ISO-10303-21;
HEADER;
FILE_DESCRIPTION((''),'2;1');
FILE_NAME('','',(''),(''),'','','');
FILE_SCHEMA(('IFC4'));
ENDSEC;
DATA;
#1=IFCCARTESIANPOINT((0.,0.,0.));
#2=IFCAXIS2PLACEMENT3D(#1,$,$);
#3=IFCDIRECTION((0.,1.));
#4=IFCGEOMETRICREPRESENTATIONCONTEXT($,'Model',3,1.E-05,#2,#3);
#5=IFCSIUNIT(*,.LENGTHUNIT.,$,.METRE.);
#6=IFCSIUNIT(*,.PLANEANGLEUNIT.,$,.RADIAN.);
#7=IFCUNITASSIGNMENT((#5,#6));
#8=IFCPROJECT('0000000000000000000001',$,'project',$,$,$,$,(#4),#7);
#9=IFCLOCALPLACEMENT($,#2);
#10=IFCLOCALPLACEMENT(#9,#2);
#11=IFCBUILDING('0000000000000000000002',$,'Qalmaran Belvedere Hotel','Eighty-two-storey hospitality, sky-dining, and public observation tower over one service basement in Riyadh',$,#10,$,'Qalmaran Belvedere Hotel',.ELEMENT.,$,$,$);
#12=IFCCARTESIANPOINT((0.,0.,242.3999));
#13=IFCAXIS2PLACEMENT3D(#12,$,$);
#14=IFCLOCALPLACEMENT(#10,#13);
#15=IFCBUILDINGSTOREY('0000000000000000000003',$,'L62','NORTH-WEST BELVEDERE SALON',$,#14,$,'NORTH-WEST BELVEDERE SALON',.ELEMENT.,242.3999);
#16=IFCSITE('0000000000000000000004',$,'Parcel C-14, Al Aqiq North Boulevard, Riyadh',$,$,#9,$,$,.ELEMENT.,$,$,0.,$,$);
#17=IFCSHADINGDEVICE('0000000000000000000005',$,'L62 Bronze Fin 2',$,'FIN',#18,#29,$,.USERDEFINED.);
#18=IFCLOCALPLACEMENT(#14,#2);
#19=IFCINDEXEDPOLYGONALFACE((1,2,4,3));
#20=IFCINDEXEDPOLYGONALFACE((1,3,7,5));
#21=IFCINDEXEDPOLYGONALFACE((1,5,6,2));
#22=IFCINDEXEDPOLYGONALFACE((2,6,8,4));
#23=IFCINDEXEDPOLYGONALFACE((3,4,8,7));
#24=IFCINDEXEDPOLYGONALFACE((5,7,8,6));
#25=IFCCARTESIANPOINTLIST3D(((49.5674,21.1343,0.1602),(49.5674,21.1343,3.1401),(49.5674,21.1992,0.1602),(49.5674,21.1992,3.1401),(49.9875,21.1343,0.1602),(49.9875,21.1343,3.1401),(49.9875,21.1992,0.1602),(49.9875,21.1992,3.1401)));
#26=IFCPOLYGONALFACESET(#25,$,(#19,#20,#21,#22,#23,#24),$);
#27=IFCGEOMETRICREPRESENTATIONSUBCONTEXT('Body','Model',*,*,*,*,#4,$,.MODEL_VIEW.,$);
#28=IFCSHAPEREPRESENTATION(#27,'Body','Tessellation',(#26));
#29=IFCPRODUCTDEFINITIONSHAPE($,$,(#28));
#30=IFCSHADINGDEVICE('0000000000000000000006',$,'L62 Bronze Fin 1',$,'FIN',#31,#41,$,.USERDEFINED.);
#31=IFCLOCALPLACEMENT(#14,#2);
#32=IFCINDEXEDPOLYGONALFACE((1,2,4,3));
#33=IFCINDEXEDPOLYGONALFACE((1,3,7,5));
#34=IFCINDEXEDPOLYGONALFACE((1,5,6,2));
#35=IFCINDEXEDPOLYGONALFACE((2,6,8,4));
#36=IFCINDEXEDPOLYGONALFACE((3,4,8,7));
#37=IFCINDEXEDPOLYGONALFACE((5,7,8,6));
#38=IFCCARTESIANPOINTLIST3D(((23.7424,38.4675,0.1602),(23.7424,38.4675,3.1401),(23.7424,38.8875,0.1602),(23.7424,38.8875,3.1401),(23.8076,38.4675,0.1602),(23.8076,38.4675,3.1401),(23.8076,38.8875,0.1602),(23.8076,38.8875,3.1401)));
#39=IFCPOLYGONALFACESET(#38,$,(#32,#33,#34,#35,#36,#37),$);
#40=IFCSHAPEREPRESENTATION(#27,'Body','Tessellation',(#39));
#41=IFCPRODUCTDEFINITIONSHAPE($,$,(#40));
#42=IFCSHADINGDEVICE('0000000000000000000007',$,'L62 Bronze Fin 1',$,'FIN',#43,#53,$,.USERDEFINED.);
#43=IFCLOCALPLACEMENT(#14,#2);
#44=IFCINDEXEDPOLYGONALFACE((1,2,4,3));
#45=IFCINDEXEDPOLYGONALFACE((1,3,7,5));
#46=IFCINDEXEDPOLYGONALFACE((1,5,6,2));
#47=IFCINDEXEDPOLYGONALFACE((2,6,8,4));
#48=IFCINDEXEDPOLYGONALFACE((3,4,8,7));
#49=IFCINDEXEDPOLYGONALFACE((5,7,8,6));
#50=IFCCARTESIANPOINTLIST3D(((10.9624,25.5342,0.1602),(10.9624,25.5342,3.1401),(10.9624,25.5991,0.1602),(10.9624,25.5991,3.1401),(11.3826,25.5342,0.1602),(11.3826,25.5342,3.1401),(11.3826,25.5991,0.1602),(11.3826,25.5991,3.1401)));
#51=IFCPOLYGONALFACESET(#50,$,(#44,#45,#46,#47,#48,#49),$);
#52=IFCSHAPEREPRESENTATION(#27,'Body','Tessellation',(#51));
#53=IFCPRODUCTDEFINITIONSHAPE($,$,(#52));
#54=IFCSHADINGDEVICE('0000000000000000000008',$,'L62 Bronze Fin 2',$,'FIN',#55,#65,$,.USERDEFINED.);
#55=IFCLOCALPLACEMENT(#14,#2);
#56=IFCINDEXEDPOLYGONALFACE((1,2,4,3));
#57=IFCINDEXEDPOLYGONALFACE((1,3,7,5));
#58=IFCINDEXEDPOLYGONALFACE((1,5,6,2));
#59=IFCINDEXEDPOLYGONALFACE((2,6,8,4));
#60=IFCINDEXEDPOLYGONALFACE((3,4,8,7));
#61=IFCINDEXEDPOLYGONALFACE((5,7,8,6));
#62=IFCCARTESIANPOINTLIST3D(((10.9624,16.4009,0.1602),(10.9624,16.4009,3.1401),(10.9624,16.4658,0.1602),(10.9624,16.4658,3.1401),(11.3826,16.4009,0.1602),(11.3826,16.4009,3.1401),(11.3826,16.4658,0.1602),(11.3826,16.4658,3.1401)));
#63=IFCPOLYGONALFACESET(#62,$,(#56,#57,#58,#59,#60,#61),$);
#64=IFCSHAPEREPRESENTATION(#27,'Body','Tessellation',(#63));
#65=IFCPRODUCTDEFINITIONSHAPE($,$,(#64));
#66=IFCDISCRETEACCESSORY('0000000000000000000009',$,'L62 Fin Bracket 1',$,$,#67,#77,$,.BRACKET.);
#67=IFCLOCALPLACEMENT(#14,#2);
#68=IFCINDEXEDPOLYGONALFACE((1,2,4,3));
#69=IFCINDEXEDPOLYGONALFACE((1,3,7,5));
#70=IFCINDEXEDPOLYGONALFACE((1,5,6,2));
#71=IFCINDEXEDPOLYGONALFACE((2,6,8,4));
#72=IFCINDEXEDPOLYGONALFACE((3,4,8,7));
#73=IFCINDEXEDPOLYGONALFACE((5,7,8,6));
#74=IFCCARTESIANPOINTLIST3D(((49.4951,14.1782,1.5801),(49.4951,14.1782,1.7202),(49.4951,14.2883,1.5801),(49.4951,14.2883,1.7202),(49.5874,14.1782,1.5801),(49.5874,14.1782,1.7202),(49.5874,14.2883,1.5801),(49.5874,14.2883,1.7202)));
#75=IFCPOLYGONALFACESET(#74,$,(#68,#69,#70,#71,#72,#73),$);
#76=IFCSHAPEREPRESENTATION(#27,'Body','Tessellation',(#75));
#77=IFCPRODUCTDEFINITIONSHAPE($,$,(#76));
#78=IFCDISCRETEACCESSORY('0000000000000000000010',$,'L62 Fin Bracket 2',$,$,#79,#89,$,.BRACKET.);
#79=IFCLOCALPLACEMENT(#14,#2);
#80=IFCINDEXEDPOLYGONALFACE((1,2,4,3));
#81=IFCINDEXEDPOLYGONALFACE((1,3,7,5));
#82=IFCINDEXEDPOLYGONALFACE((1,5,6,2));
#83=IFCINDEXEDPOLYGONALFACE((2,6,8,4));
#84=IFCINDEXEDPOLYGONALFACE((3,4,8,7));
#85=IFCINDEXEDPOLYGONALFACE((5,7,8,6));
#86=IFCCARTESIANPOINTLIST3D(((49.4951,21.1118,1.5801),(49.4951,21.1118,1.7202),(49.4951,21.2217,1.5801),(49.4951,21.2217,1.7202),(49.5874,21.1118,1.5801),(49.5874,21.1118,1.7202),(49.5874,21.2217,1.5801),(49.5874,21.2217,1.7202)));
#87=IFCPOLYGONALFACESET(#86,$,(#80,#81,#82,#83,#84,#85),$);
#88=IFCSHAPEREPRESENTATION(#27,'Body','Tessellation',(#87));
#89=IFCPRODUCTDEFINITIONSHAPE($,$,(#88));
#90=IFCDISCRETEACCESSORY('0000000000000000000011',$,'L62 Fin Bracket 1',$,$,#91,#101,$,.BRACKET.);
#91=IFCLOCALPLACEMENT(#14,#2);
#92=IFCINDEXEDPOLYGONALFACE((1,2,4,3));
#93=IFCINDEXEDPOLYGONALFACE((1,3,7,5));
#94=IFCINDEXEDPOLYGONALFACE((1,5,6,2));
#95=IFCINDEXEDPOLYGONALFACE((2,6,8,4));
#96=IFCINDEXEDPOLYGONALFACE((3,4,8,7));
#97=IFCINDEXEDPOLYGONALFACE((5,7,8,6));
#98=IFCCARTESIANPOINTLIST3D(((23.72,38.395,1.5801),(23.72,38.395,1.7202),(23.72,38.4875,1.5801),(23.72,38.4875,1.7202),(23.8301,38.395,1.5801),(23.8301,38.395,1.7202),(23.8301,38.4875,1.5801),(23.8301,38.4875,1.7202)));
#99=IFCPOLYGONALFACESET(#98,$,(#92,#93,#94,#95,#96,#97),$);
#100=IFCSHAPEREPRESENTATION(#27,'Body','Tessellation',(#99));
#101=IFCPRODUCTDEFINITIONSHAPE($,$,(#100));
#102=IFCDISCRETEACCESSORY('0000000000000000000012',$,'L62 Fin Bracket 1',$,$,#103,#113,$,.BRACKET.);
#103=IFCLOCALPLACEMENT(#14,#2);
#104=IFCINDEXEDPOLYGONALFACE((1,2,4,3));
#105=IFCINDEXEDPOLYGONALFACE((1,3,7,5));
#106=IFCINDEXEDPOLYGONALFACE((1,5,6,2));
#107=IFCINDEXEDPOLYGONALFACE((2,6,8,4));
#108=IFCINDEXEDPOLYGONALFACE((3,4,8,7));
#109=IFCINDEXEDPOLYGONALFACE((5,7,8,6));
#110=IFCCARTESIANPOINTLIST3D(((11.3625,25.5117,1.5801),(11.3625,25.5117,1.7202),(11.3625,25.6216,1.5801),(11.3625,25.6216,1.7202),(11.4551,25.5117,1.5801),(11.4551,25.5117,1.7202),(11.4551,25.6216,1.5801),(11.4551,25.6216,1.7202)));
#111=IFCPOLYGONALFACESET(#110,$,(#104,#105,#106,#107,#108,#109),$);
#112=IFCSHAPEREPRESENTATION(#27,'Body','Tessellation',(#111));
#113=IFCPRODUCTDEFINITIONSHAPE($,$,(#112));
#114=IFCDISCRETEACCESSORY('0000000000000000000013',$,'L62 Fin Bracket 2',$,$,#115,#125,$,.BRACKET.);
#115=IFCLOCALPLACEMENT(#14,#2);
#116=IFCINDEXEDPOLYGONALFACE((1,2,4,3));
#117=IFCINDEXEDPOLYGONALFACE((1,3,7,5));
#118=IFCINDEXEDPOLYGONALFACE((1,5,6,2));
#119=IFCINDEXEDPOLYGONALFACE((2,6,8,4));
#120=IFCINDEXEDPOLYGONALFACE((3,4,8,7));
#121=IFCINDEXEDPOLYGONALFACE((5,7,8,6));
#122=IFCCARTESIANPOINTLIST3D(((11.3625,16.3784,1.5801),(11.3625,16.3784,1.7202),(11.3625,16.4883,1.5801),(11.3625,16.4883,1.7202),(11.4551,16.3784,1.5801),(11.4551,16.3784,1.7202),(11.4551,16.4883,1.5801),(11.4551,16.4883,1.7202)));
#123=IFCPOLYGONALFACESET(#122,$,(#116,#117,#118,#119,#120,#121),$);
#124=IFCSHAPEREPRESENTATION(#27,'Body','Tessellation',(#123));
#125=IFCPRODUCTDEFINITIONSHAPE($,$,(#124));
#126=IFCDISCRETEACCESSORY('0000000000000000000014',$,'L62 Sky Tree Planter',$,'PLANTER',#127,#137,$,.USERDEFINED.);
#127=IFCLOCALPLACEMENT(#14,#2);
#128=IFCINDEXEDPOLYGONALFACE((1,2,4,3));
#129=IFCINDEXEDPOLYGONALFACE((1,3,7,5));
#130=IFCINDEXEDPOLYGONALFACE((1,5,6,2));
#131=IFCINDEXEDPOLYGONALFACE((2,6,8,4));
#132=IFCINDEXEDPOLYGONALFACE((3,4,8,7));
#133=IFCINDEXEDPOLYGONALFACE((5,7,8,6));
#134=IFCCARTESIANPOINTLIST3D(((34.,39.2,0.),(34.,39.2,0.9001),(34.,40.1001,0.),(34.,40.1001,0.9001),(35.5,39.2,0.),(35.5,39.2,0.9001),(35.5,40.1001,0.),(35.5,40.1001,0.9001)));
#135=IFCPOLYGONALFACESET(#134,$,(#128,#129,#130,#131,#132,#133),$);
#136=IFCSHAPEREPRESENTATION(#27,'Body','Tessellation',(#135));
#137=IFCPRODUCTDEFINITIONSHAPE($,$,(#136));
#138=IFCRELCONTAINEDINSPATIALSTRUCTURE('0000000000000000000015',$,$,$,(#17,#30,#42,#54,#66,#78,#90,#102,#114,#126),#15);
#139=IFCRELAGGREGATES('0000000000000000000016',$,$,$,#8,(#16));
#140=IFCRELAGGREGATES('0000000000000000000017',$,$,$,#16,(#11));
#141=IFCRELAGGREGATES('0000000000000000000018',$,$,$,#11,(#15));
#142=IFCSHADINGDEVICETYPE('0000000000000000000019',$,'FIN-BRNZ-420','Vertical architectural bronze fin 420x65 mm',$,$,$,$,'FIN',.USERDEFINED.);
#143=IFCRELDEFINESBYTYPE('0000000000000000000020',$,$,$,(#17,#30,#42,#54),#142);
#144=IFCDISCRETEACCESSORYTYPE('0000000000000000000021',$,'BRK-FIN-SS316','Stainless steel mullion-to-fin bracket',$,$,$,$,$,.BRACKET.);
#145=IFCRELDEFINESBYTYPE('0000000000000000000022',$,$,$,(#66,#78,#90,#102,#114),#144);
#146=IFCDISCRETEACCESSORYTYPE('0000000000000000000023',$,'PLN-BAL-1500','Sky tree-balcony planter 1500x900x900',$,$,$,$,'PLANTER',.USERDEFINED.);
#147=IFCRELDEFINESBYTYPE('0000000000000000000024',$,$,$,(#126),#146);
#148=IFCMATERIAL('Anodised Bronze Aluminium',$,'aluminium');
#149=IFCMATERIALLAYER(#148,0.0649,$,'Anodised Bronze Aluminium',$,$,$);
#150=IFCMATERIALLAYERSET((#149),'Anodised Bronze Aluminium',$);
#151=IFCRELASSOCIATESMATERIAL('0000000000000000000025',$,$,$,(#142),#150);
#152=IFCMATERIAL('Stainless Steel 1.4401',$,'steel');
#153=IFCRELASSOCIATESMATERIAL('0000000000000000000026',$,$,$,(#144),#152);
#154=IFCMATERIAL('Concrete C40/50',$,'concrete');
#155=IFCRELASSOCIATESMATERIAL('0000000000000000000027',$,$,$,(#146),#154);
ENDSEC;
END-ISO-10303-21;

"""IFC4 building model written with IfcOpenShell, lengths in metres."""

from ifc_helpers import new_model, si_unit, direction, frame, origin, place, context, subcontext, project, spatial, polyline, outline, extrude, material, layer, layer_set, type_object, element, save


model = new_model("IFC4")

# Units and contexts
model_context = context("Model", 3, precision=1e-05, world=origin(), true_north=direction((0.0, 1.0)))
body_context = subcontext(model_context, "Body", "Model", "MODEL_VIEW")
ifc_project = project(units=[si_unit("LENGTHUNIT", "METRE"), si_unit("PLANEANGLEUNIT", "RADIAN")], contexts=[model_context])

# Site, building, storey
site_placement = place(None, origin())
site = spatial("IfcSite", under=ifc_project, at=site_placement, Name="Parcel C-14, Al Aqiq North Boulevard, Riyadh", CompositionType="ELEMENT", RefElevation=0.0)
building_placement = place(site_placement, origin())
building = spatial("IfcBuilding", under=site, at=building_placement, Name="Qalmaran Belvedere Hotel", Description="Eighty-two-storey hospitality, sky-dining, and public observation tower over one service basement in Riyadh", LongName="Qalmaran Belvedere Hotel", CompositionType="ELEMENT")
storey_placement = place(building_placement, frame((0.0, 0.0, 242.3999)))
storey = spatial("IfcBuildingStorey", under=building, at=storey_placement, Name="L62", Description="NORTH-WEST BELVEDERE SALON", LongName="NORTH-WEST BELVEDERE SALON", CompositionType="ELEMENT", Elevation=242.3999)

# Shared definitions
ifc_material_1 = material(Name="Anodised Bronze Aluminium", Category="aluminium")

# Shared definitions
ifc_material_2 = material(Name="Concrete C40/50", Category="concrete")

# Shading devices
ifc_layer_1 = layer(ifc_material_1, 0.0649, Name="Anodised Bronze Aluminium")
ifc_layer_set_1 = layer_set([ifc_layer_1], Name="Anodised Bronze Aluminium")
shading_device_type = type_object("IfcShadingDeviceType", Name="FIN-BRNZ-420", Description="Vertical architectural bronze fin 420x65 mm", ElementType="FIN", PredefinedType="USERDEFINED", material=ifc_layer_set_1)
shading_device_1_placement = place(storey_placement, frame((0.0, 0.0, 0.1602)))
element("IfcShadingDevice", 1, at=shading_device_1_placement, inside=storey, type_object=shading_device_type, Name="L62 Bronze Fin 2", ObjectType="FIN", PredefinedType="USERDEFINED", context=body_context, shape_type="SweptSolid", body=[
    extrude(outline(polyline([(49.5674, 21.1343), (49.9875, 21.1343), (49.9875, 21.1992), (49.5674, 21.1992), (49.5674, 21.1343)])), origin(), (0.0, 0.0, 1.0), 2.98),
])
shading_device_2_placement = place(storey_placement, frame((0.0, 0.0, 0.1602)))
element("IfcShadingDevice", 2, at=shading_device_2_placement, inside=storey, type_object=shading_device_type, Name="L62 Bronze Fin 1", ObjectType="FIN", PredefinedType="USERDEFINED", context=body_context, shape_type="SweptSolid", body=[
    extrude(outline(polyline([(23.8076, 38.4675), (23.8076, 38.8875), (23.7424, 38.8875), (23.7424, 38.4675), (23.8076, 38.4675)])), origin(), (0.0, 0.0, 1.0), 2.98),
])
shading_device_3_placement = place(storey_placement, frame((0.0, 0.0, 0.1602)))
element("IfcShadingDevice", 3, at=shading_device_3_placement, inside=storey, type_object=shading_device_type, Name="L62 Bronze Fin 1", ObjectType="FIN", PredefinedType="USERDEFINED", context=body_context, shape_type="SweptSolid", body=[
    extrude(outline(polyline([(11.3826, 25.5991), (10.9624, 25.5991), (10.9624, 25.5342), (11.3826, 25.5342), (11.3826, 25.5991)])), origin(), (0.0, 0.0, 1.0), 2.98),
])
shading_device_4_placement = place(storey_placement, frame((0.0, 0.0, 0.1602)))
element("IfcShadingDevice", 4, at=shading_device_4_placement, inside=storey, type_object=shading_device_type, Name="L62 Bronze Fin 2", ObjectType="FIN", PredefinedType="USERDEFINED", context=body_context, shape_type="SweptSolid", body=[
    extrude(outline(polyline([(11.3826, 16.4658), (10.9624, 16.4658), (10.9624, 16.4009), (11.3826, 16.4009), (11.3826, 16.4658)])), origin(), (0.0, 0.0, 1.0), 2.98),
])

# Discrete accessories
ifc_material_3 = material(Name="Stainless Steel 1.4401", Category="steel")
discrete_accessory_type_1 = type_object("IfcDiscreteAccessoryType", Name="BRK-FIN-SS316", Description="Stainless steel mullion-to-fin bracket", PredefinedType="BRACKET", material=ifc_material_3)
discrete_accessory_1_placement = place(storey_placement, frame((0.0, 0.0, 1.5801)))
element("IfcDiscreteAccessory", 5, at=discrete_accessory_1_placement, inside=storey, type_object=discrete_accessory_type_1, Name="L62 Fin Bracket 1", PredefinedType="BRACKET", context=body_context, shape_type="SweptSolid", body=[
    extrude(outline(polyline([(49.4951, 14.1782), (49.5874, 14.1782), (49.5874, 14.2883), (49.4951, 14.2883), (49.4951, 14.1782)])), origin(), (0.0, 0.0, 1.0), 0.1401),
])
discrete_accessory_2_placement = place(storey_placement, frame((0.0, 0.0, 1.5801)))
element("IfcDiscreteAccessory", 6, at=discrete_accessory_2_placement, inside=storey, type_object=discrete_accessory_type_1, Name="L62 Fin Bracket 2", PredefinedType="BRACKET", context=body_context, shape_type="SweptSolid", body=[
    extrude(outline(polyline([(49.4951, 21.1118), (49.5874, 21.1118), (49.5874, 21.2217), (49.4951, 21.2217), (49.4951, 21.1118)])), origin(), (0.0, 0.0, 1.0), 0.1401),
])
discrete_accessory_3_placement = place(storey_placement, frame((0.0, 0.0, 1.5801)))
element("IfcDiscreteAccessory", 7, at=discrete_accessory_3_placement, inside=storey, type_object=discrete_accessory_type_1, Name="L62 Fin Bracket 1", PredefinedType="BRACKET", context=body_context, shape_type="SweptSolid", body=[
    extrude(outline(polyline([(23.8301, 38.395), (23.8301, 38.4875), (23.72, 38.4875), (23.72, 38.395), (23.8301, 38.395)])), origin(), (0.0, 0.0, 1.0), 0.1401),
])
discrete_accessory_4_placement = place(storey_placement, frame((0.0, 0.0, 1.5801)))
element("IfcDiscreteAccessory", 8, at=discrete_accessory_4_placement, inside=storey, type_object=discrete_accessory_type_1, Name="L62 Fin Bracket 1", PredefinedType="BRACKET", context=body_context, shape_type="SweptSolid", body=[
    extrude(outline(polyline([(11.4551, 25.6216), (11.3625, 25.6216), (11.3625, 25.5117), (11.4551, 25.5117), (11.4551, 25.6216)])), origin(), (0.0, 0.0, 1.0), 0.1401),
])
discrete_accessory_5_placement = place(storey_placement, frame((0.0, 0.0, 1.5801)))
element("IfcDiscreteAccessory", 9, at=discrete_accessory_5_placement, inside=storey, type_object=discrete_accessory_type_1, Name="L62 Fin Bracket 2", PredefinedType="BRACKET", context=body_context, shape_type="SweptSolid", body=[
    extrude(outline(polyline([(11.4551, 16.4883), (11.3625, 16.4883), (11.3625, 16.3784), (11.4551, 16.3784), (11.4551, 16.4883)])), origin(), (0.0, 0.0, 1.0), 0.1401),
])
discrete_accessory_type_2 = type_object("IfcDiscreteAccessoryType", Name="PLN-BAL-1500", Description="Sky tree-balcony planter 1500x900x900", ElementType="PLANTER", PredefinedType="USERDEFINED", material=ifc_material_2)
discrete_accessory_6_placement = place(storey_placement, origin())
element("IfcDiscreteAccessory", 10, at=discrete_accessory_6_placement, inside=storey, type_object=discrete_accessory_type_2, Name="L62 Sky Tree Planter", ObjectType="PLANTER", PredefinedType="USERDEFINED", context=body_context, shape_type="SweptSolid", body=[
    extrude(outline(polyline([(34.0, 39.2), (35.5, 39.2), (35.5, 40.1001), (34.0, 40.1001), (34.0, 39.2)])), origin(), (0.0, 0.0, 1.0), 0.9001),
])

save(model, "model.ifc")
